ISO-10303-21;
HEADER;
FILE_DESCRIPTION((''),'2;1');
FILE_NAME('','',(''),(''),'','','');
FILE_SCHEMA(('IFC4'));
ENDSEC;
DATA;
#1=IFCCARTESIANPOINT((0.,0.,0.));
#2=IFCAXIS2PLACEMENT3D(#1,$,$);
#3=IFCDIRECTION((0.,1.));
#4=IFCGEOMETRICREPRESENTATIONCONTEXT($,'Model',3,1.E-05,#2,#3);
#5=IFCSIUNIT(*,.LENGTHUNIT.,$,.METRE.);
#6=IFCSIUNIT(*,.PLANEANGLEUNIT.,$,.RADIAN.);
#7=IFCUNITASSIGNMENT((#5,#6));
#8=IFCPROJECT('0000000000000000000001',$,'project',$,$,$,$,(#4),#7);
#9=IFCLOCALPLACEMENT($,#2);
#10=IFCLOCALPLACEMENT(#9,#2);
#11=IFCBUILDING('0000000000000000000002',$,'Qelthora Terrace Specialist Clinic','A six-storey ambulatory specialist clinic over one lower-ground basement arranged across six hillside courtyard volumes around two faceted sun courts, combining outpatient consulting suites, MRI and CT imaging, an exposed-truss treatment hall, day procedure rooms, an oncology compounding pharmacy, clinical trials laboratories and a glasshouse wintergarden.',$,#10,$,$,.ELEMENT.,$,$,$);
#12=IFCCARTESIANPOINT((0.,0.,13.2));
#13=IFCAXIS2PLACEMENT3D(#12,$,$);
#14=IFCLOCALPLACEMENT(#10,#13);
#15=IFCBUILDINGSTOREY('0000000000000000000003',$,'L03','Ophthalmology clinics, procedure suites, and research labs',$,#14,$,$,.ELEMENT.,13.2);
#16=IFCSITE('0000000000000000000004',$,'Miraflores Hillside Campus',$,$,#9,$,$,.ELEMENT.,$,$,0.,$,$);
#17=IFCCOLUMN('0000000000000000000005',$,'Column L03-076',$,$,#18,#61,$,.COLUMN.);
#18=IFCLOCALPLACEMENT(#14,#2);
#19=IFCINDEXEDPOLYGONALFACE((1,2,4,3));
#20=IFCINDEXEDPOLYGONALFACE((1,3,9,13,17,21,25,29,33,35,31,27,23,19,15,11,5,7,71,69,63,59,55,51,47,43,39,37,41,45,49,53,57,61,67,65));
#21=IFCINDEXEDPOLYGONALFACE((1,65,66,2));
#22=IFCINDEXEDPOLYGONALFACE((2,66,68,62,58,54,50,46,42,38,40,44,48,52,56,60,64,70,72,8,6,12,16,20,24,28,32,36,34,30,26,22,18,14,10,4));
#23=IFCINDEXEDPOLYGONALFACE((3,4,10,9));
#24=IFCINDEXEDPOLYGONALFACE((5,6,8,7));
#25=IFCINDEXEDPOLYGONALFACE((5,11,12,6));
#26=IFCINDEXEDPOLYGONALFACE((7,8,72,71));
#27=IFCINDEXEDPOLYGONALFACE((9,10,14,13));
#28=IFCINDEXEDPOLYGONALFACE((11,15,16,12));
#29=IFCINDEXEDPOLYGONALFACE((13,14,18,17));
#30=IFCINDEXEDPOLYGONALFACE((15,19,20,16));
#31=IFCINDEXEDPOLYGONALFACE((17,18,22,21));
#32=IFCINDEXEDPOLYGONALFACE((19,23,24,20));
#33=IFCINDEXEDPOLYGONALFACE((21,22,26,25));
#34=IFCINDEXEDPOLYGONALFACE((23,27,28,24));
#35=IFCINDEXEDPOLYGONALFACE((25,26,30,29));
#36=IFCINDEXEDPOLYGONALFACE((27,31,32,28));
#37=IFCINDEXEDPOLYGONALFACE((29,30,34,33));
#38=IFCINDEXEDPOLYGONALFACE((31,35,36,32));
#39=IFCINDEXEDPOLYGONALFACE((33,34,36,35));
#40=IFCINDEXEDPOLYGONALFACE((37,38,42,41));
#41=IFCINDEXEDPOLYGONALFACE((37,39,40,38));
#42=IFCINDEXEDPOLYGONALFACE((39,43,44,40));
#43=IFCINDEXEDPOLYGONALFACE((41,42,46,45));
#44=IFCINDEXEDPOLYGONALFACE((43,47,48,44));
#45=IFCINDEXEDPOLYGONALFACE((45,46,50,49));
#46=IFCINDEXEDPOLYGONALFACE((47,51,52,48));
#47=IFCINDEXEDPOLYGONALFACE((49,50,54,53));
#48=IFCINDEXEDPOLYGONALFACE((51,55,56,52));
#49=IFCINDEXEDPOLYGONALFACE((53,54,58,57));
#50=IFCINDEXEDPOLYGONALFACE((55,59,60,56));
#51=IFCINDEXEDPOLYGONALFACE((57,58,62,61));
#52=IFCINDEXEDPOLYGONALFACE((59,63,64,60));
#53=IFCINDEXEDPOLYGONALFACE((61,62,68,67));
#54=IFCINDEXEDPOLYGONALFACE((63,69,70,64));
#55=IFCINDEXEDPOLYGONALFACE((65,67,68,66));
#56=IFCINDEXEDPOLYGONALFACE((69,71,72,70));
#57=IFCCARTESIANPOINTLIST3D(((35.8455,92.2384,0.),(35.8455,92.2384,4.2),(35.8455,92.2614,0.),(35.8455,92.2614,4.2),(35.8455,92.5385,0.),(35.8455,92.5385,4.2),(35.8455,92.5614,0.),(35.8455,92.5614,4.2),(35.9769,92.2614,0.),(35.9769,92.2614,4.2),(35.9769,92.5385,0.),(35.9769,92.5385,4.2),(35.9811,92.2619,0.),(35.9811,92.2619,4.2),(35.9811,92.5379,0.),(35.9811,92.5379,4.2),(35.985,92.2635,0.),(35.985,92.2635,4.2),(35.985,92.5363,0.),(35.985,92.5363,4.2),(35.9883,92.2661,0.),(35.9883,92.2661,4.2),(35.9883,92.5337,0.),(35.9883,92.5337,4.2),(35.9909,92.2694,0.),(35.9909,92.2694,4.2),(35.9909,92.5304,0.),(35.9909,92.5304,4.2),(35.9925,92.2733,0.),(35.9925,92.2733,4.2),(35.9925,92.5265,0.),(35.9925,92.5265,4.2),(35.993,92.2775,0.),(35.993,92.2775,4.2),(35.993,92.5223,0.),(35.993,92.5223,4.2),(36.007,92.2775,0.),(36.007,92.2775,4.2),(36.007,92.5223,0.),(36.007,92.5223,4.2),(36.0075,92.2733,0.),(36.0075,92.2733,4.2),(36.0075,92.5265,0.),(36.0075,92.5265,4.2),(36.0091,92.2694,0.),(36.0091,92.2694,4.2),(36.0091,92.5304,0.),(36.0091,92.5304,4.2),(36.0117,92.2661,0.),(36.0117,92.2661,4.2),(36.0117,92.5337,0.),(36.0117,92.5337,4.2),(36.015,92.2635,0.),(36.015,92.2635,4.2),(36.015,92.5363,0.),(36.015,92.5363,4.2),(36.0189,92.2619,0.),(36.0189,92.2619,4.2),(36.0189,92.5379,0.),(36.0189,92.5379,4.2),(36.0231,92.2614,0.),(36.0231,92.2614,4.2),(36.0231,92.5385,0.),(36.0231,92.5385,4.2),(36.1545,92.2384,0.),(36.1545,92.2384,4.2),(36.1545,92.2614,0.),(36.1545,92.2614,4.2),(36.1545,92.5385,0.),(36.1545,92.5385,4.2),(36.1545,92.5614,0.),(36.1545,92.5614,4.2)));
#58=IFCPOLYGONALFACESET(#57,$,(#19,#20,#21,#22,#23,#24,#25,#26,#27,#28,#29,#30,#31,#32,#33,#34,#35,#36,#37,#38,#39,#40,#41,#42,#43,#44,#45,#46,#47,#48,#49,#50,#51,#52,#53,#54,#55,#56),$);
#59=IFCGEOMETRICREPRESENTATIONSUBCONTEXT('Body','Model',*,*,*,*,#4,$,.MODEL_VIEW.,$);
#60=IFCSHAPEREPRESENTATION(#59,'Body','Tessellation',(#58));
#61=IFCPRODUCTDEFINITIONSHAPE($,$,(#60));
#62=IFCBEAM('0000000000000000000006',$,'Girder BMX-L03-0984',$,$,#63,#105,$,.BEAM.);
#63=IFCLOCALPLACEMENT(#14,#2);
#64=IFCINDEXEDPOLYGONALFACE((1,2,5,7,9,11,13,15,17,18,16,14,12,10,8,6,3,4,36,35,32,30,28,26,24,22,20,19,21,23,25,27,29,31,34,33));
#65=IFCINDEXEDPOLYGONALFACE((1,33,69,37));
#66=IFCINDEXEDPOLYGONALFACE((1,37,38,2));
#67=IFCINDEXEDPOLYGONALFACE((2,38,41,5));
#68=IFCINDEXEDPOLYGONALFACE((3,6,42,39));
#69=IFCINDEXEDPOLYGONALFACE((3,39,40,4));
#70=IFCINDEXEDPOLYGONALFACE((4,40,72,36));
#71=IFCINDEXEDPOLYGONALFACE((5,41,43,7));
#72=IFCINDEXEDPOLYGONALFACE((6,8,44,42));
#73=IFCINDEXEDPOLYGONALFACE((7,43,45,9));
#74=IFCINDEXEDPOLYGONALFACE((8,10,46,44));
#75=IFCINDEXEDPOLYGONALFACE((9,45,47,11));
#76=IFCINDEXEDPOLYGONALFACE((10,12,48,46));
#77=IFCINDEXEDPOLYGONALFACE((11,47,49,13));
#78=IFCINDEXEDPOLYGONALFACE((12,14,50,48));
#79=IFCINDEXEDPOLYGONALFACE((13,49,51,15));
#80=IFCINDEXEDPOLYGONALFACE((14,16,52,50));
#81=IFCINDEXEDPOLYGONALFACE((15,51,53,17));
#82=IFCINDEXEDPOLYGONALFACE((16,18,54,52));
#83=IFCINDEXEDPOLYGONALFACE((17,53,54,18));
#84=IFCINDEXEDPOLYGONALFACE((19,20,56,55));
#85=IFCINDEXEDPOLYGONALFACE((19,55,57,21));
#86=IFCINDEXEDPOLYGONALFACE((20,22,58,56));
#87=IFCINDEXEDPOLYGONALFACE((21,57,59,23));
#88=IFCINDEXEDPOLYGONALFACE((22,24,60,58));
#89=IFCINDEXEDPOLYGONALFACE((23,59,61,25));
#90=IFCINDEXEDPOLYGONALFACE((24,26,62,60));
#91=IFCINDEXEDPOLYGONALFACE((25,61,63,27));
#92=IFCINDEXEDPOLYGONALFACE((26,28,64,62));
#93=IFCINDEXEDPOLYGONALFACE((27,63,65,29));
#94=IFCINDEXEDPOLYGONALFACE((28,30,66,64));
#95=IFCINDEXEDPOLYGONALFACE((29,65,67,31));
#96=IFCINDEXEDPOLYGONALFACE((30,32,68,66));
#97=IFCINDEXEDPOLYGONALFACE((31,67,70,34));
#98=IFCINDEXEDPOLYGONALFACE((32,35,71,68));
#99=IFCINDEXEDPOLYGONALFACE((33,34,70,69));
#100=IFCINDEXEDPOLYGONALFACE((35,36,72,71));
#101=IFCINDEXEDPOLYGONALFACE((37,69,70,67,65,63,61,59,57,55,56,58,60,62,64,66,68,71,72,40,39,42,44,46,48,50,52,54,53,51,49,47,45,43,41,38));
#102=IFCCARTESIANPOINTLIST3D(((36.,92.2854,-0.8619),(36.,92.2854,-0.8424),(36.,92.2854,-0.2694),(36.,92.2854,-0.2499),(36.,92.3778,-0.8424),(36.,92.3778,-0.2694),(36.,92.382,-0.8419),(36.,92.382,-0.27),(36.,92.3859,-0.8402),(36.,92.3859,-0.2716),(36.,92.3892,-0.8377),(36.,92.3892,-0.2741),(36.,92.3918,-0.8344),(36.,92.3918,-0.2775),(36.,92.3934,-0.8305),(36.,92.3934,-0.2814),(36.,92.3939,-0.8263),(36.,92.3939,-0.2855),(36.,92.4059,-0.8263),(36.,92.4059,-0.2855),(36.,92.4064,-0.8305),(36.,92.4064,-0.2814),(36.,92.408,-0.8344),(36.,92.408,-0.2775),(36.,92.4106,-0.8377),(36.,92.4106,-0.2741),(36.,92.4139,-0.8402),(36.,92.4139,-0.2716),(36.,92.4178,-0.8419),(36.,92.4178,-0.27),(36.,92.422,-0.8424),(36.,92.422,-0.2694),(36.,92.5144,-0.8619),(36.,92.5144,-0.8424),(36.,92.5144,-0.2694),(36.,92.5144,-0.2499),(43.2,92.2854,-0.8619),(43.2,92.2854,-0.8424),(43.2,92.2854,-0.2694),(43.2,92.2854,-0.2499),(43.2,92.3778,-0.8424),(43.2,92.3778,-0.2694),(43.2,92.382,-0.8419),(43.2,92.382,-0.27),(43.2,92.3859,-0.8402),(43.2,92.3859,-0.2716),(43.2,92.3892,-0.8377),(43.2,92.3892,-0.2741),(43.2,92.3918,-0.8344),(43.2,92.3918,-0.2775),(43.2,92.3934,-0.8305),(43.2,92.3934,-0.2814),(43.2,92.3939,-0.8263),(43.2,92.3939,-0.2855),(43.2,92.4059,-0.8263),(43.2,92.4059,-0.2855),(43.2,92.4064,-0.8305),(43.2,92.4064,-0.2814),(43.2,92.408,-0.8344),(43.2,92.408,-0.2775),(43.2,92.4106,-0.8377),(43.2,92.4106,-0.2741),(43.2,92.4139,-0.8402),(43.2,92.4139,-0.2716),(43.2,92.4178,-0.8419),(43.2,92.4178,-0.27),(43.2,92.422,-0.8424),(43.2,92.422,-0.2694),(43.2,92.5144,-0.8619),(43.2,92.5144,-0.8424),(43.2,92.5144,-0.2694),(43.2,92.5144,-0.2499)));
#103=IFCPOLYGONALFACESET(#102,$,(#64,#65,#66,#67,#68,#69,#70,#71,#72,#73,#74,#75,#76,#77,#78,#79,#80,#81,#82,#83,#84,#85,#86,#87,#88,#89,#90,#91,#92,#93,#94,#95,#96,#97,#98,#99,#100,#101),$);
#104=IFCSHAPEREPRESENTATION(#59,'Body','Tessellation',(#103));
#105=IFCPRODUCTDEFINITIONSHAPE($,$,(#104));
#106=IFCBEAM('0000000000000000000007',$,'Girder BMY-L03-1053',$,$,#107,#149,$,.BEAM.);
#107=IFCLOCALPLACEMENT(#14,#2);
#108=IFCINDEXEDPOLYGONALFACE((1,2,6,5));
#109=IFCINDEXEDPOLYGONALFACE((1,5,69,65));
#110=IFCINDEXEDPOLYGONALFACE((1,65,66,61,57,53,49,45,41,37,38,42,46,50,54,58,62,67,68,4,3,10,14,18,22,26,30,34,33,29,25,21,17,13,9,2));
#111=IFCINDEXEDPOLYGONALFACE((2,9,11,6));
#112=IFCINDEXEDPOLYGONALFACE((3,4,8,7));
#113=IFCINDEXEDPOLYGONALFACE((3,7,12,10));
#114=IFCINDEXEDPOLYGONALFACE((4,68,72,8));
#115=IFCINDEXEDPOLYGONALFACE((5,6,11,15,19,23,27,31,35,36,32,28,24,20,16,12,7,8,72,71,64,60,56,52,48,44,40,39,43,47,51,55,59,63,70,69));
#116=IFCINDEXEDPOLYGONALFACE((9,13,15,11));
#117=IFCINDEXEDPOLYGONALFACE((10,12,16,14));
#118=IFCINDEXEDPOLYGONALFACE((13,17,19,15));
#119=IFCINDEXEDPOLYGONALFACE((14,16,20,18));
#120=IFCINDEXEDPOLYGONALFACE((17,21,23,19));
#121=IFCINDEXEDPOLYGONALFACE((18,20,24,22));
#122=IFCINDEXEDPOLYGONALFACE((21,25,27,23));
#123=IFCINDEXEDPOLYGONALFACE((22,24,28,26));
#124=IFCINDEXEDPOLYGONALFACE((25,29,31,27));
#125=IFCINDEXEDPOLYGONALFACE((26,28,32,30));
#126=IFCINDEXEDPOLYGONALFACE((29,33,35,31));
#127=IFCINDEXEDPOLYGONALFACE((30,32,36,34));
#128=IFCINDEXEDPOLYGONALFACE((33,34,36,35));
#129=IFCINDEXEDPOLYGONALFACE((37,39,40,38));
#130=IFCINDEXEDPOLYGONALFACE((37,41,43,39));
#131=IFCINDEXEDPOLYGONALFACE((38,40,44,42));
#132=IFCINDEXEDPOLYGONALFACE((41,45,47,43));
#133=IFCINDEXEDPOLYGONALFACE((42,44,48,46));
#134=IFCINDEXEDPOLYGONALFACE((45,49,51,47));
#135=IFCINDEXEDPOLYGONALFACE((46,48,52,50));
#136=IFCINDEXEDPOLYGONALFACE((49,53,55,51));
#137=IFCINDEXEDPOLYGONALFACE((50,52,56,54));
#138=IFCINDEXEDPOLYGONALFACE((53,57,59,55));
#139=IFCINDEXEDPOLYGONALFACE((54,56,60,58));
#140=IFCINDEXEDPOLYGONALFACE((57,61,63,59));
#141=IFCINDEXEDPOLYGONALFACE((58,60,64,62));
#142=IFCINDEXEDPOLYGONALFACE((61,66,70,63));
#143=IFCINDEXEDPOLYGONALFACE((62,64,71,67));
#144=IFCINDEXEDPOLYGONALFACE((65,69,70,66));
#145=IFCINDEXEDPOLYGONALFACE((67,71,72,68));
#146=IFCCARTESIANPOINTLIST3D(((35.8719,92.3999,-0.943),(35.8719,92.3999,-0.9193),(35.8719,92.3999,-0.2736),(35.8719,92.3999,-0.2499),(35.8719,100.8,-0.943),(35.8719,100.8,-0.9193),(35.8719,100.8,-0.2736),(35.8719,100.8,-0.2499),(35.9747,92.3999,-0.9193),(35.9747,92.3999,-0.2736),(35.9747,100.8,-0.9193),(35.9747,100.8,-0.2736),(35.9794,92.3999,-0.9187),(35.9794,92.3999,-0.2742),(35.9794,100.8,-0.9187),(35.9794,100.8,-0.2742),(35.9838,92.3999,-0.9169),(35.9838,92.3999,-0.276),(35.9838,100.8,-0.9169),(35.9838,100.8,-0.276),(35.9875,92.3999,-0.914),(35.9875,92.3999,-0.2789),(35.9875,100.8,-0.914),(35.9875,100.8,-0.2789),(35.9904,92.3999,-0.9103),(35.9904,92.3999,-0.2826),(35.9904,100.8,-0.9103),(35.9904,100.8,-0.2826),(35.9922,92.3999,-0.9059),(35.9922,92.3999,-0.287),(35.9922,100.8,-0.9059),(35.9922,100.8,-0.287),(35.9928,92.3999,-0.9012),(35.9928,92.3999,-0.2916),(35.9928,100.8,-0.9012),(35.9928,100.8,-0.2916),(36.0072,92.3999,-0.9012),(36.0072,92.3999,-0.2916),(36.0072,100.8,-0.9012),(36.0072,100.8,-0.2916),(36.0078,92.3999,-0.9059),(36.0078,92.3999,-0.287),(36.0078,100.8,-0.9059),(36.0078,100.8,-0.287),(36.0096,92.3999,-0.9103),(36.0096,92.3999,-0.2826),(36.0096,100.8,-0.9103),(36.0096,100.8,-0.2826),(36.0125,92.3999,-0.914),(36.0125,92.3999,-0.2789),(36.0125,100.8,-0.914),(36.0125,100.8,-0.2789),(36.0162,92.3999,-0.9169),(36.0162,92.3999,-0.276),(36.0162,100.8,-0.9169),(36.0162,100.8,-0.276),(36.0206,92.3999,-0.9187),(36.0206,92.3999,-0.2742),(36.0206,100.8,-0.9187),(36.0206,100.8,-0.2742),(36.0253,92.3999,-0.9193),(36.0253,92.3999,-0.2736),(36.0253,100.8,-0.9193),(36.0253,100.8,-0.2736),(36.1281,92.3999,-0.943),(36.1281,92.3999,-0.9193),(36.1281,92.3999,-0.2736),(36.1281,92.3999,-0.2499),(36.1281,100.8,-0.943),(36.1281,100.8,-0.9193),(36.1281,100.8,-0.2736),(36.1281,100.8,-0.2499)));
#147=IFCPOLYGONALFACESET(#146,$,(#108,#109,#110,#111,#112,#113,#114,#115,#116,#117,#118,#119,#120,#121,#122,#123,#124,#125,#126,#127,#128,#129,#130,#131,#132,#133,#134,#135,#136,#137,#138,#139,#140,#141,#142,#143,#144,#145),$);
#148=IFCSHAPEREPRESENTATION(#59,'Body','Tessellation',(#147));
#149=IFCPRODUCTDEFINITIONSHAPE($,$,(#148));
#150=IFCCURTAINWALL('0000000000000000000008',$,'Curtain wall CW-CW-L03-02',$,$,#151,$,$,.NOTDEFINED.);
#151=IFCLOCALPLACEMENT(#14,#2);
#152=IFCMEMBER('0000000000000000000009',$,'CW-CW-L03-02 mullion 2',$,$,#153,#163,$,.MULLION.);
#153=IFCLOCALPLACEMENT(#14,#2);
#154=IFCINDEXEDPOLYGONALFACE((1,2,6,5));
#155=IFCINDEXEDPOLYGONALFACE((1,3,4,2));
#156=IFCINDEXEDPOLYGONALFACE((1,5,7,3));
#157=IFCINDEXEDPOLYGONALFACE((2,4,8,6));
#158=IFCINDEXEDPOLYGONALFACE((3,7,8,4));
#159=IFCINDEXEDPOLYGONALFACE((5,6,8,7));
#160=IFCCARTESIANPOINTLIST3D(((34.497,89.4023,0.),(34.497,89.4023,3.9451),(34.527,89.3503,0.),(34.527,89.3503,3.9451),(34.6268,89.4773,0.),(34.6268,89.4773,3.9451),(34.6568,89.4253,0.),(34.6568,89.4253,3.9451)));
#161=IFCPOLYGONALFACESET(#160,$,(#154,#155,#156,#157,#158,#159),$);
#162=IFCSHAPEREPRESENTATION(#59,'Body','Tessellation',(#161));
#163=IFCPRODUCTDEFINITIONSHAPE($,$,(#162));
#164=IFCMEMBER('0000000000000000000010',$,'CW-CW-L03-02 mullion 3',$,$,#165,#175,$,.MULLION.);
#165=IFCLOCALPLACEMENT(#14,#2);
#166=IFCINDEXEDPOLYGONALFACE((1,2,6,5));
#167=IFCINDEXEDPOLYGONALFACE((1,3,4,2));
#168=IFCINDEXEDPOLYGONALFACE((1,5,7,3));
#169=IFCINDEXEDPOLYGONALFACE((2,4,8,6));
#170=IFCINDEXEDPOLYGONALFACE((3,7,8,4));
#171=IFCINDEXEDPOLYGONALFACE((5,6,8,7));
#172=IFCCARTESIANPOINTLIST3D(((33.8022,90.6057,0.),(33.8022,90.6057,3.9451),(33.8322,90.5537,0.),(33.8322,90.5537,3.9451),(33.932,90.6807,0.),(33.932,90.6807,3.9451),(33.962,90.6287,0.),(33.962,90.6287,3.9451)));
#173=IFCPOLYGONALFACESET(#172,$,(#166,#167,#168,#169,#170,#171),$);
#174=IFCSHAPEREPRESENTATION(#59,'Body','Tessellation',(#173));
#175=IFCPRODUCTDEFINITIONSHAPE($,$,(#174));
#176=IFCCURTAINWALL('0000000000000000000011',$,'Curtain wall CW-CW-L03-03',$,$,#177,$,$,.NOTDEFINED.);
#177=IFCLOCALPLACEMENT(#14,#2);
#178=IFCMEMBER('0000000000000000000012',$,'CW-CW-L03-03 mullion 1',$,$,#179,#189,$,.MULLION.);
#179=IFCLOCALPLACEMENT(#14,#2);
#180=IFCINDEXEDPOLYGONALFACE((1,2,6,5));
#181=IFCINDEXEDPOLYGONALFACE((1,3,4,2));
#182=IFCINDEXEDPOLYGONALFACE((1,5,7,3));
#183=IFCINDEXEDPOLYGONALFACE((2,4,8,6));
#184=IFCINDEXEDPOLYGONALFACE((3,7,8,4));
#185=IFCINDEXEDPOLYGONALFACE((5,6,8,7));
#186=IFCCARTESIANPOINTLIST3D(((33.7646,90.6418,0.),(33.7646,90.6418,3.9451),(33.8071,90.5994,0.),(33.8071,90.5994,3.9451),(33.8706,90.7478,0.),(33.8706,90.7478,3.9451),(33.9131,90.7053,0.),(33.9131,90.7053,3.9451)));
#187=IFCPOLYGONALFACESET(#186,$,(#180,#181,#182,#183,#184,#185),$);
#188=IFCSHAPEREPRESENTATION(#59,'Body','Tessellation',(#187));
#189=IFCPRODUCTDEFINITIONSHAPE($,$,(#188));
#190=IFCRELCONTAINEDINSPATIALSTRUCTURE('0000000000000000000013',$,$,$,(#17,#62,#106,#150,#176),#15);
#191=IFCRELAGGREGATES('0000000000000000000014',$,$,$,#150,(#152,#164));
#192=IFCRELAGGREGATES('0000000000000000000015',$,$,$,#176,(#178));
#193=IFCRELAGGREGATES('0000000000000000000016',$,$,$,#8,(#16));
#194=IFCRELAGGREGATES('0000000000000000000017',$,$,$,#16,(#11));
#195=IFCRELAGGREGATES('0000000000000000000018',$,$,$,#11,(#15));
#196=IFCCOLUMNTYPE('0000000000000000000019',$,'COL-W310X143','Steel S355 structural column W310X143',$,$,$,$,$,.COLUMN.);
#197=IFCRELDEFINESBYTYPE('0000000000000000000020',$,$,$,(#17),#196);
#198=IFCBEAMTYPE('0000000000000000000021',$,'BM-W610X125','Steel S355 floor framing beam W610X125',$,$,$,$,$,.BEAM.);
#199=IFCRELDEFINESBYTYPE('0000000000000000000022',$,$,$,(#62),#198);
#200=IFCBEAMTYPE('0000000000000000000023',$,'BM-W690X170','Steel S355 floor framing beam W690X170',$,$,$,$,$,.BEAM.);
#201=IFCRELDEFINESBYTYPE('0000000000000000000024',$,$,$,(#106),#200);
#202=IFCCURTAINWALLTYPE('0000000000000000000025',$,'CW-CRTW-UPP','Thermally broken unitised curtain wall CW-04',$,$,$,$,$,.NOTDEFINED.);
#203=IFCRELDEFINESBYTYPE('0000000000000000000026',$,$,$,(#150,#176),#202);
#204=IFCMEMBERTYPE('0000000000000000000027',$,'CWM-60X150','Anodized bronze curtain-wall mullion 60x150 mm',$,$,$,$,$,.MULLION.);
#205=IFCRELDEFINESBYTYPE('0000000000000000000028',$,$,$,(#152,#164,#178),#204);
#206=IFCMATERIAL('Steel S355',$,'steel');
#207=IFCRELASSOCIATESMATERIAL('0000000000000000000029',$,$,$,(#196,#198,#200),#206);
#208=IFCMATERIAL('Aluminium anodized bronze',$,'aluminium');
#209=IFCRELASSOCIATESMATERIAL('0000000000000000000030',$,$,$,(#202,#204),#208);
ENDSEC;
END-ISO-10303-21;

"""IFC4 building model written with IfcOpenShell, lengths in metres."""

from ifc_helpers import new_model, si_unit, direction, frame, origin, origin_2d, place, context, subcontext, project, spatial, rectangle, i_section, extrude, material, material_profile, profile_set, type_object, element, aggregate, save


model = new_model("IFC4")

# Units and contexts
model_context = context("Model", 3, precision=1e-05, world=origin(), true_north=direction((0.0, 1.0)))
body_context = subcontext(model_context, "Body", "Model", "MODEL_VIEW")
ifc_project = project(units=[si_unit("LENGTHUNIT", "METRE"), si_unit("PLANEANGLEUNIT", "RADIAN")], contexts=[model_context])

# Site, building, storey
site_placement = place(None, origin())
site = spatial("IfcSite", under=ifc_project, at=site_placement, Name="Miraflores Hillside Campus", CompositionType="ELEMENT", RefElevation=0.0)
building_placement = place(site_placement, origin())
building = spatial("IfcBuilding", under=site, at=building_placement, Name="Qelthora Terrace Specialist Clinic", Description="A six-storey ambulatory specialist clinic over one lower-ground basement arranged across six hillside courtyard volumes around two faceted sun courts, combining outpatient consulting suites, MRI and CT imaging, an exposed-truss treatment hall, day procedure rooms, an oncology compounding pharmacy, clinical trials laboratories and a glasshouse wintergarden.", CompositionType="ELEMENT")
storey_placement = place(building_placement, frame((0.0, 0.0, 13.2)))
storey = spatial("IfcBuildingStorey", under=building, at=storey_placement, Name="L03", Description="Ophthalmology clinics, procedure suites, and research labs", CompositionType="ELEMENT", Elevation=13.2)

# Column
ifc_material_1 = material(Name="Steel S355", Category="steel")
ifc_material_profile_1 = material_profile(ifc_material_1, i_section(OverallWidth=0.3091, OverallDepth=0.323, WebThickness=0.0139, FlangeThickness=0.0229, FilletRadius=0.0161, at=origin_2d()), Name="W310X143")
ifc_profile_set_1 = profile_set([ifc_material_profile_1], Name="Steel S355")
column_type = type_object("IfcColumnType", Name="COL-W310X143", Description="Steel S355 structural column W310X143", PredefinedType="COLUMN", material=ifc_profile_set_1)
column_placement = place(storey_placement, frame((36.0, 92.3999, 0.0), z_axis=(0.0, 0.0, 1.0), x_axis=(1.0, 0.0, 0.0)))
element("IfcColumn", 1, at=column_placement, inside=storey, type_object=column_type, Name="Column L03-076", PredefinedType="COLUMN", context=body_context, shape_type="SweptSolid", body=[
    extrude(i_section(OverallWidth=0.3091, OverallDepth=0.323, WebThickness=0.0139, FlangeThickness=0.0229, FilletRadius=0.0161, at=origin_2d()), origin(), (0.0, 0.0, 1.0), 4.2),
])

# Beams
ifc_material_profile_2 = material_profile(ifc_material_1, i_section(OverallWidth=0.229, OverallDepth=0.6121, WebThickness=0.012, FlangeThickness=0.0195, FilletRadius=0.0161, at=origin_2d()), Name="W610X125")
ifc_profile_set_2 = profile_set([ifc_material_profile_2], Name="Steel S355")
beam_type_1 = type_object("IfcBeamType", Name="BM-W610X125", Description="Steel S355 floor framing beam W610X125", PredefinedType="BEAM", material=ifc_profile_set_2)
beam_1_placement = place(storey_placement, frame((36.0, 92.3999, -0.5559), z_axis=(1.0, 0.0, 0.0), x_axis=(0.0, 1.0, 0.0)))
element("IfcBeam", 2, at=beam_1_placement, inside=storey, type_object=beam_type_1, Name="Girder BMX-L03-0984", PredefinedType="BEAM", context=body_context, shape_type="SweptSolid", body=[
    extrude(i_section(OverallWidth=0.229, OverallDepth=0.6121, WebThickness=0.012, FlangeThickness=0.0195, FilletRadius=0.0161, at=origin_2d()), origin(), (0.0, 0.0, 1.0), 7.2),
])
ifc_material_profile_3 = material_profile(ifc_material_1, i_section(OverallWidth=0.2561, OverallDepth=0.6931, WebThickness=0.0144, FlangeThickness=0.0237, FilletRadius=0.0181, at=origin_2d()), Name="W690X170")
ifc_profile_set_3 = profile_set([ifc_material_profile_3], Name="Steel S355")
beam_type_2 = type_object("IfcBeamType", Name="BM-W690X170", Description="Steel S355 floor framing beam W690X170", PredefinedType="BEAM", material=ifc_profile_set_3)
beam_2_placement = place(storey_placement, frame((36.0, 92.3999, -0.5964), z_axis=(0.0, 1.0, 0.0), x_axis=(-1.0, 0.0, 0.0)))
element("IfcBeam", 3, at=beam_2_placement, inside=storey, type_object=beam_type_2, Name="Girder BMY-L03-1053", PredefinedType="BEAM", context=body_context, shape_type="SweptSolid", body=[
    extrude(i_section(OverallWidth=0.2561, OverallDepth=0.6931, WebThickness=0.0144, FlangeThickness=0.0237, FilletRadius=0.0181, at=origin_2d()), origin(), (0.0, 0.0, 1.0), 8.4001),
])

# Curtain walls, members
ifc_material_2 = material(Name="Aluminium anodized bronze", Category="aluminium")
curtain_wall_type = type_object("IfcCurtainWallType", Name="CW-CRTW-UPP", Description="Thermally broken unitised curtain wall CW-04", PredefinedType="NOTDEFINED", material=ifc_material_2)
curtain_wall_1_placement = place(storey_placement, origin())
curtain_wall_1 = element("IfcCurtainWall", 4, at=curtain_wall_1_placement, inside=storey, type_object=curtain_wall_type, Name="Curtain wall CW-CW-L03-02", PredefinedType="NOTDEFINED")
ifc_material_profile_4 = material_profile(ifc_material_2, rectangle(XDim=0.0601, YDim=0.1499, at=origin_2d()), Name="CWM60X150")
ifc_profile_set_4 = profile_set([ifc_material_profile_4], Name="Aluminium anodized bronze")
member_type_1 = type_object("IfcMemberType", Name="CWM-60X150", Description="Anodized bronze curtain-wall mullion 60x150 mm", PredefinedType="MULLION", material=ifc_profile_set_4)
member_1_placement = place(storey_placement, frame((34.5769, 89.4138, 0.0), z_axis=(0.0, 0.0, 1.0), x_axis=(-0.5, 0.866026, 0.0)))
member_1 = element("IfcMember", 5, at=member_1_placement, type_object=member_type_1, Name="CW-CW-L03-02 mullion 2", PredefinedType="MULLION", context=body_context, shape_type="SweptSolid", body=[
    extrude(rectangle(XDim=0.0601, YDim=0.1499, at=origin_2d()), origin(), (0.0, 0.0, 1.0), 3.9451),
])
member_2_placement = place(storey_placement, frame((33.8821, 90.6172, 0.0), z_axis=(0.0, 0.0, 1.0), x_axis=(-0.5, 0.866026, 0.0)))
member_2 = element("IfcMember", 6, at=member_2_placement, type_object=member_type_1, Name="CW-CW-L03-02 mullion 3", PredefinedType="MULLION", context=body_context, shape_type="SweptSolid", body=[
    extrude(rectangle(XDim=0.0601, YDim=0.1499, at=origin_2d()), origin(), (0.0, 0.0, 1.0), 3.9451),
])
curtain_wall_2_placement = place(storey_placement, origin())
curtain_wall_2 = element("IfcCurtainWall", 7, at=curtain_wall_2_placement, inside=storey, type_object=curtain_wall_type, Name="Curtain wall CW-CW-L03-03", PredefinedType="NOTDEFINED")
member_3_placement = place(storey_placement, frame((33.8389, 90.6736, 0.0), z_axis=(0.0, 0.0, 1.0), x_axis=(-0.707107, 0.707107, 0.0)))
member_3 = element("IfcMember", 8, at=member_3_placement, type_object=member_type_1, Name="CW-CW-L03-03 mullion 1", PredefinedType="MULLION", context=body_context, shape_type="SweptSolid", body=[
    extrude(rectangle(XDim=0.0601, YDim=0.1499, at=origin_2d()), origin(), (0.0, 0.0, 1.0), 3.9451),
])

aggregate(curtain_wall_1, [member_1, member_2])
aggregate(curtain_wall_2, [member_3])

save(model, "model.ifc")
